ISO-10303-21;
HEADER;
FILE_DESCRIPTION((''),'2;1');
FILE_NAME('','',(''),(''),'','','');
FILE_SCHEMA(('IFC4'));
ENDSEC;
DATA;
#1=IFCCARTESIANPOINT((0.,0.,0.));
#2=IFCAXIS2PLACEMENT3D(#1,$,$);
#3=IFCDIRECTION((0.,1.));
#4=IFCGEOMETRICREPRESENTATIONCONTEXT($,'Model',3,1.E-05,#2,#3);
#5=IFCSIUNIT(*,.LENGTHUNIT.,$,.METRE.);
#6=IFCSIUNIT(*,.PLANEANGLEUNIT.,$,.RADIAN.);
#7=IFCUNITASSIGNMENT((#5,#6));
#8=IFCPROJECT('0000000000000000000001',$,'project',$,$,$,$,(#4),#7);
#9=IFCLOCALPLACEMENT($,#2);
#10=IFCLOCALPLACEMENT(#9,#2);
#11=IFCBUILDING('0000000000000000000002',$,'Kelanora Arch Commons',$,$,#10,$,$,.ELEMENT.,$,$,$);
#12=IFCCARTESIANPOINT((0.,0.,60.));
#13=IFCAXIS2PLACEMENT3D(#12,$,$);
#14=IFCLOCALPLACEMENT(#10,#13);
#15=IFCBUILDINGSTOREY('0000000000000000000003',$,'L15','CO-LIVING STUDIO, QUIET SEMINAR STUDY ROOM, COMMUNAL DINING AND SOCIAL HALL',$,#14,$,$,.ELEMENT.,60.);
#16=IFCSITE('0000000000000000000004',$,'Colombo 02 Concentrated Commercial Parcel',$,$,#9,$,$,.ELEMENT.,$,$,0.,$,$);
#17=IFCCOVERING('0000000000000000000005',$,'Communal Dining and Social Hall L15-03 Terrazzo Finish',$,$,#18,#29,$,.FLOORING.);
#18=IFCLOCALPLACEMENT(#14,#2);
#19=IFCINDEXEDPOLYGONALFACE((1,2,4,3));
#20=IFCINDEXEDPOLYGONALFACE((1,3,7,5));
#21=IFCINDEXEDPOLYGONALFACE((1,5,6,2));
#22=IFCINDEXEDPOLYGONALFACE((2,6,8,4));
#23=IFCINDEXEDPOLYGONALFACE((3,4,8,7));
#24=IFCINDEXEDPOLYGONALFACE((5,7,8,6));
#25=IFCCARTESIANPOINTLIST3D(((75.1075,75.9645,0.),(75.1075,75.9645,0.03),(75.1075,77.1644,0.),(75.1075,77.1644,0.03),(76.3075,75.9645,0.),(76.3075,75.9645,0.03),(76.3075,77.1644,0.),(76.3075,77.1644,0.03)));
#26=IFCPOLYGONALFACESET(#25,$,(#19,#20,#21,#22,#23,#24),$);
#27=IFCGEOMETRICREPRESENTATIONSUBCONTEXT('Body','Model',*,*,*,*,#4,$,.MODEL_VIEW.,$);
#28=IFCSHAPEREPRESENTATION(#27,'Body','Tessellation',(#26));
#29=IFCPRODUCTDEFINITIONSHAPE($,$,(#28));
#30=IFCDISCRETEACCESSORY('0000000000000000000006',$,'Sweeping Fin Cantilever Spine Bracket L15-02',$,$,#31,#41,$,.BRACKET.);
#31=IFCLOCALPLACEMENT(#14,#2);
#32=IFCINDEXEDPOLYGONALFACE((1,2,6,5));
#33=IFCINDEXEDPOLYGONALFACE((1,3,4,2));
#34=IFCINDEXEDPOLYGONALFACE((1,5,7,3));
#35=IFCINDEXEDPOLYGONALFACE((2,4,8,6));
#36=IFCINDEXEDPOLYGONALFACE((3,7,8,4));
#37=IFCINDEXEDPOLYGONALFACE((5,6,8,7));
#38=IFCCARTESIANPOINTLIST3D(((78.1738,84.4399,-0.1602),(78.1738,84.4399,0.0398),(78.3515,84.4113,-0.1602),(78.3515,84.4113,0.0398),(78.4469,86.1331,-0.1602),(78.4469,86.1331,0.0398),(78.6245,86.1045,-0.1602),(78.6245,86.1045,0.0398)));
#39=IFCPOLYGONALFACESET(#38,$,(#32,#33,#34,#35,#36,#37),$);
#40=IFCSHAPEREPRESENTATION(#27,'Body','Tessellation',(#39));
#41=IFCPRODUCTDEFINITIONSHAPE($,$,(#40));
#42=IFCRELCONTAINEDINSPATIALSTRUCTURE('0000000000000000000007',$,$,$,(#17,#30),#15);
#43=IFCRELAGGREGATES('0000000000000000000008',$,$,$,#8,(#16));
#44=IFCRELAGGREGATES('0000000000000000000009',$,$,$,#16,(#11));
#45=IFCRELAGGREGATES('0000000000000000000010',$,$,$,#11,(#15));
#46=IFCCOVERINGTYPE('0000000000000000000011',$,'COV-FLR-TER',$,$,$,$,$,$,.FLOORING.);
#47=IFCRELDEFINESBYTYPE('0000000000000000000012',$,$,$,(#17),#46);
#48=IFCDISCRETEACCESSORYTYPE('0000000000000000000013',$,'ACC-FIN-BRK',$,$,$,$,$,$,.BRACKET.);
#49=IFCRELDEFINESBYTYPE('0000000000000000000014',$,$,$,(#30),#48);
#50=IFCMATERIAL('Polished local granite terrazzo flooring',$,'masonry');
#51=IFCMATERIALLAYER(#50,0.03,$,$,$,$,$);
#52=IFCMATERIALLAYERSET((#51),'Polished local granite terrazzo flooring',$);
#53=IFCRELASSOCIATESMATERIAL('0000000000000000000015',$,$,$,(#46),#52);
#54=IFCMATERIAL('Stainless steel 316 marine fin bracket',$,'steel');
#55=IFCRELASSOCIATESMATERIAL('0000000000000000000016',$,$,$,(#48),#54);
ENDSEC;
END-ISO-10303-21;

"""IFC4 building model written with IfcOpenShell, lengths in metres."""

from ifc_helpers import new_model, si_unit, direction, frame, origin, origin_2d, place, context, subcontext, project, spatial, rectangle, extrude, source, transform, mapped, material, layer, layer_set, type_object, element, save


model = new_model("IFC4")

# Units and contexts
model_context = context("Model", 3, precision=1e-05, world=origin(), true_north=direction((0.0, 1.0)))
body_context = subcontext(model_context, "Body", "Model", "MODEL_VIEW")
ifc_project = project(units=[si_unit("LENGTHUNIT", "METRE"), si_unit("PLANEANGLEUNIT", "RADIAN")], contexts=[model_context])

# Site, building, storey
site_placement = place(None, origin())
site = spatial("IfcSite", under=ifc_project, at=site_placement, Name="Colombo 02 Concentrated Commercial Parcel", CompositionType="ELEMENT", RefElevation=0.0)
building_placement = place(site_placement, origin())
building = spatial("IfcBuilding", under=site, at=building_placement, Name="Kelanora Arch Commons", CompositionType="ELEMENT")
storey_placement = place(building_placement, frame((0.0, 0.0, 60.0)))
storey = spatial("IfcBuildingStorey", under=building, at=storey_placement, Name="L15", Description="CO-LIVING STUDIO, QUIET SEMINAR STUDY ROOM, COMMUNAL DINING AND SOCIAL HALL", CompositionType="ELEMENT", Elevation=60.0)

# Covering
ifc_material_1 = material(Name="Polished local granite terrazzo flooring", Category="masonry")
ifc_layer_1 = layer(ifc_material_1, 0.03)
ifc_layer_set_1 = layer_set([ifc_layer_1], Name="Polished local granite terrazzo flooring")
covering_type = type_object("IfcCoveringType", Name="COV-FLR-TER", PredefinedType="FLOORING", material=ifc_layer_set_1)
shared_shape_1 = source(origin(), body_context, "Body", "SweptSolid", [
    extrude(rectangle(XDim=1.2, YDim=1.2, at=origin_2d()), origin(), (0.0, 0.0, 1.0), 0.03),
])
for number, where, z_axis, x_axis, name in (
    (1, (75.7075, 76.5645, 0.0), (0.0, 0.0, 1.0), (1.0, 0.0, 0.0), "Communal Dining and Social Hall L15-03 Terrazzo Finish"),
):
    element("IfcCovering", number, at=place(storey_placement, frame(where, z_axis=z_axis, x_axis=x_axis)), inside=storey, type_object=covering_type, Name=name, PredefinedType="FLOORING", context=body_context, shape_type="MappedRepresentation", body=[
        mapped(shared_shape_1, transform((0.0, 0.0, 0.0), scale=1.0)),
    ])

# Discrete accessory
ifc_material_2 = material(Name="Stainless steel 316 marine fin bracket", Category="steel")
discrete_accessory_type = type_object("IfcDiscreteAccessoryType", Name="ACC-FIN-BRK", PredefinedType="BRACKET", material=ifc_material_2)
shared_shape_2 = source(origin(), body_context, "Body", "SweptSolid", [
    extrude(rectangle(XDim=1.7151, YDim=0.1799, at=origin_2d()), origin(), (0.0, 0.0, 1.0), 0.2),
])
discrete_accessory_placement = place(storey_placement, frame((78.3992, 85.2722, -0.1602), z_axis=(0.0, 0.0, 1.0), x_axis=(0.159192, 0.987248, 0.0)))
element("IfcDiscreteAccessory", 2, at=discrete_accessory_placement, inside=storey, type_object=discrete_accessory_type, Name="Sweeping Fin Cantilever Spine Bracket L15-02", PredefinedType="BRACKET", context=body_context, shape_type="MappedRepresentation", body=[
    mapped(shared_shape_2, transform((0.0, 0.0, 0.0), scale=1.0)),
])

save(model, "model.ifc")
